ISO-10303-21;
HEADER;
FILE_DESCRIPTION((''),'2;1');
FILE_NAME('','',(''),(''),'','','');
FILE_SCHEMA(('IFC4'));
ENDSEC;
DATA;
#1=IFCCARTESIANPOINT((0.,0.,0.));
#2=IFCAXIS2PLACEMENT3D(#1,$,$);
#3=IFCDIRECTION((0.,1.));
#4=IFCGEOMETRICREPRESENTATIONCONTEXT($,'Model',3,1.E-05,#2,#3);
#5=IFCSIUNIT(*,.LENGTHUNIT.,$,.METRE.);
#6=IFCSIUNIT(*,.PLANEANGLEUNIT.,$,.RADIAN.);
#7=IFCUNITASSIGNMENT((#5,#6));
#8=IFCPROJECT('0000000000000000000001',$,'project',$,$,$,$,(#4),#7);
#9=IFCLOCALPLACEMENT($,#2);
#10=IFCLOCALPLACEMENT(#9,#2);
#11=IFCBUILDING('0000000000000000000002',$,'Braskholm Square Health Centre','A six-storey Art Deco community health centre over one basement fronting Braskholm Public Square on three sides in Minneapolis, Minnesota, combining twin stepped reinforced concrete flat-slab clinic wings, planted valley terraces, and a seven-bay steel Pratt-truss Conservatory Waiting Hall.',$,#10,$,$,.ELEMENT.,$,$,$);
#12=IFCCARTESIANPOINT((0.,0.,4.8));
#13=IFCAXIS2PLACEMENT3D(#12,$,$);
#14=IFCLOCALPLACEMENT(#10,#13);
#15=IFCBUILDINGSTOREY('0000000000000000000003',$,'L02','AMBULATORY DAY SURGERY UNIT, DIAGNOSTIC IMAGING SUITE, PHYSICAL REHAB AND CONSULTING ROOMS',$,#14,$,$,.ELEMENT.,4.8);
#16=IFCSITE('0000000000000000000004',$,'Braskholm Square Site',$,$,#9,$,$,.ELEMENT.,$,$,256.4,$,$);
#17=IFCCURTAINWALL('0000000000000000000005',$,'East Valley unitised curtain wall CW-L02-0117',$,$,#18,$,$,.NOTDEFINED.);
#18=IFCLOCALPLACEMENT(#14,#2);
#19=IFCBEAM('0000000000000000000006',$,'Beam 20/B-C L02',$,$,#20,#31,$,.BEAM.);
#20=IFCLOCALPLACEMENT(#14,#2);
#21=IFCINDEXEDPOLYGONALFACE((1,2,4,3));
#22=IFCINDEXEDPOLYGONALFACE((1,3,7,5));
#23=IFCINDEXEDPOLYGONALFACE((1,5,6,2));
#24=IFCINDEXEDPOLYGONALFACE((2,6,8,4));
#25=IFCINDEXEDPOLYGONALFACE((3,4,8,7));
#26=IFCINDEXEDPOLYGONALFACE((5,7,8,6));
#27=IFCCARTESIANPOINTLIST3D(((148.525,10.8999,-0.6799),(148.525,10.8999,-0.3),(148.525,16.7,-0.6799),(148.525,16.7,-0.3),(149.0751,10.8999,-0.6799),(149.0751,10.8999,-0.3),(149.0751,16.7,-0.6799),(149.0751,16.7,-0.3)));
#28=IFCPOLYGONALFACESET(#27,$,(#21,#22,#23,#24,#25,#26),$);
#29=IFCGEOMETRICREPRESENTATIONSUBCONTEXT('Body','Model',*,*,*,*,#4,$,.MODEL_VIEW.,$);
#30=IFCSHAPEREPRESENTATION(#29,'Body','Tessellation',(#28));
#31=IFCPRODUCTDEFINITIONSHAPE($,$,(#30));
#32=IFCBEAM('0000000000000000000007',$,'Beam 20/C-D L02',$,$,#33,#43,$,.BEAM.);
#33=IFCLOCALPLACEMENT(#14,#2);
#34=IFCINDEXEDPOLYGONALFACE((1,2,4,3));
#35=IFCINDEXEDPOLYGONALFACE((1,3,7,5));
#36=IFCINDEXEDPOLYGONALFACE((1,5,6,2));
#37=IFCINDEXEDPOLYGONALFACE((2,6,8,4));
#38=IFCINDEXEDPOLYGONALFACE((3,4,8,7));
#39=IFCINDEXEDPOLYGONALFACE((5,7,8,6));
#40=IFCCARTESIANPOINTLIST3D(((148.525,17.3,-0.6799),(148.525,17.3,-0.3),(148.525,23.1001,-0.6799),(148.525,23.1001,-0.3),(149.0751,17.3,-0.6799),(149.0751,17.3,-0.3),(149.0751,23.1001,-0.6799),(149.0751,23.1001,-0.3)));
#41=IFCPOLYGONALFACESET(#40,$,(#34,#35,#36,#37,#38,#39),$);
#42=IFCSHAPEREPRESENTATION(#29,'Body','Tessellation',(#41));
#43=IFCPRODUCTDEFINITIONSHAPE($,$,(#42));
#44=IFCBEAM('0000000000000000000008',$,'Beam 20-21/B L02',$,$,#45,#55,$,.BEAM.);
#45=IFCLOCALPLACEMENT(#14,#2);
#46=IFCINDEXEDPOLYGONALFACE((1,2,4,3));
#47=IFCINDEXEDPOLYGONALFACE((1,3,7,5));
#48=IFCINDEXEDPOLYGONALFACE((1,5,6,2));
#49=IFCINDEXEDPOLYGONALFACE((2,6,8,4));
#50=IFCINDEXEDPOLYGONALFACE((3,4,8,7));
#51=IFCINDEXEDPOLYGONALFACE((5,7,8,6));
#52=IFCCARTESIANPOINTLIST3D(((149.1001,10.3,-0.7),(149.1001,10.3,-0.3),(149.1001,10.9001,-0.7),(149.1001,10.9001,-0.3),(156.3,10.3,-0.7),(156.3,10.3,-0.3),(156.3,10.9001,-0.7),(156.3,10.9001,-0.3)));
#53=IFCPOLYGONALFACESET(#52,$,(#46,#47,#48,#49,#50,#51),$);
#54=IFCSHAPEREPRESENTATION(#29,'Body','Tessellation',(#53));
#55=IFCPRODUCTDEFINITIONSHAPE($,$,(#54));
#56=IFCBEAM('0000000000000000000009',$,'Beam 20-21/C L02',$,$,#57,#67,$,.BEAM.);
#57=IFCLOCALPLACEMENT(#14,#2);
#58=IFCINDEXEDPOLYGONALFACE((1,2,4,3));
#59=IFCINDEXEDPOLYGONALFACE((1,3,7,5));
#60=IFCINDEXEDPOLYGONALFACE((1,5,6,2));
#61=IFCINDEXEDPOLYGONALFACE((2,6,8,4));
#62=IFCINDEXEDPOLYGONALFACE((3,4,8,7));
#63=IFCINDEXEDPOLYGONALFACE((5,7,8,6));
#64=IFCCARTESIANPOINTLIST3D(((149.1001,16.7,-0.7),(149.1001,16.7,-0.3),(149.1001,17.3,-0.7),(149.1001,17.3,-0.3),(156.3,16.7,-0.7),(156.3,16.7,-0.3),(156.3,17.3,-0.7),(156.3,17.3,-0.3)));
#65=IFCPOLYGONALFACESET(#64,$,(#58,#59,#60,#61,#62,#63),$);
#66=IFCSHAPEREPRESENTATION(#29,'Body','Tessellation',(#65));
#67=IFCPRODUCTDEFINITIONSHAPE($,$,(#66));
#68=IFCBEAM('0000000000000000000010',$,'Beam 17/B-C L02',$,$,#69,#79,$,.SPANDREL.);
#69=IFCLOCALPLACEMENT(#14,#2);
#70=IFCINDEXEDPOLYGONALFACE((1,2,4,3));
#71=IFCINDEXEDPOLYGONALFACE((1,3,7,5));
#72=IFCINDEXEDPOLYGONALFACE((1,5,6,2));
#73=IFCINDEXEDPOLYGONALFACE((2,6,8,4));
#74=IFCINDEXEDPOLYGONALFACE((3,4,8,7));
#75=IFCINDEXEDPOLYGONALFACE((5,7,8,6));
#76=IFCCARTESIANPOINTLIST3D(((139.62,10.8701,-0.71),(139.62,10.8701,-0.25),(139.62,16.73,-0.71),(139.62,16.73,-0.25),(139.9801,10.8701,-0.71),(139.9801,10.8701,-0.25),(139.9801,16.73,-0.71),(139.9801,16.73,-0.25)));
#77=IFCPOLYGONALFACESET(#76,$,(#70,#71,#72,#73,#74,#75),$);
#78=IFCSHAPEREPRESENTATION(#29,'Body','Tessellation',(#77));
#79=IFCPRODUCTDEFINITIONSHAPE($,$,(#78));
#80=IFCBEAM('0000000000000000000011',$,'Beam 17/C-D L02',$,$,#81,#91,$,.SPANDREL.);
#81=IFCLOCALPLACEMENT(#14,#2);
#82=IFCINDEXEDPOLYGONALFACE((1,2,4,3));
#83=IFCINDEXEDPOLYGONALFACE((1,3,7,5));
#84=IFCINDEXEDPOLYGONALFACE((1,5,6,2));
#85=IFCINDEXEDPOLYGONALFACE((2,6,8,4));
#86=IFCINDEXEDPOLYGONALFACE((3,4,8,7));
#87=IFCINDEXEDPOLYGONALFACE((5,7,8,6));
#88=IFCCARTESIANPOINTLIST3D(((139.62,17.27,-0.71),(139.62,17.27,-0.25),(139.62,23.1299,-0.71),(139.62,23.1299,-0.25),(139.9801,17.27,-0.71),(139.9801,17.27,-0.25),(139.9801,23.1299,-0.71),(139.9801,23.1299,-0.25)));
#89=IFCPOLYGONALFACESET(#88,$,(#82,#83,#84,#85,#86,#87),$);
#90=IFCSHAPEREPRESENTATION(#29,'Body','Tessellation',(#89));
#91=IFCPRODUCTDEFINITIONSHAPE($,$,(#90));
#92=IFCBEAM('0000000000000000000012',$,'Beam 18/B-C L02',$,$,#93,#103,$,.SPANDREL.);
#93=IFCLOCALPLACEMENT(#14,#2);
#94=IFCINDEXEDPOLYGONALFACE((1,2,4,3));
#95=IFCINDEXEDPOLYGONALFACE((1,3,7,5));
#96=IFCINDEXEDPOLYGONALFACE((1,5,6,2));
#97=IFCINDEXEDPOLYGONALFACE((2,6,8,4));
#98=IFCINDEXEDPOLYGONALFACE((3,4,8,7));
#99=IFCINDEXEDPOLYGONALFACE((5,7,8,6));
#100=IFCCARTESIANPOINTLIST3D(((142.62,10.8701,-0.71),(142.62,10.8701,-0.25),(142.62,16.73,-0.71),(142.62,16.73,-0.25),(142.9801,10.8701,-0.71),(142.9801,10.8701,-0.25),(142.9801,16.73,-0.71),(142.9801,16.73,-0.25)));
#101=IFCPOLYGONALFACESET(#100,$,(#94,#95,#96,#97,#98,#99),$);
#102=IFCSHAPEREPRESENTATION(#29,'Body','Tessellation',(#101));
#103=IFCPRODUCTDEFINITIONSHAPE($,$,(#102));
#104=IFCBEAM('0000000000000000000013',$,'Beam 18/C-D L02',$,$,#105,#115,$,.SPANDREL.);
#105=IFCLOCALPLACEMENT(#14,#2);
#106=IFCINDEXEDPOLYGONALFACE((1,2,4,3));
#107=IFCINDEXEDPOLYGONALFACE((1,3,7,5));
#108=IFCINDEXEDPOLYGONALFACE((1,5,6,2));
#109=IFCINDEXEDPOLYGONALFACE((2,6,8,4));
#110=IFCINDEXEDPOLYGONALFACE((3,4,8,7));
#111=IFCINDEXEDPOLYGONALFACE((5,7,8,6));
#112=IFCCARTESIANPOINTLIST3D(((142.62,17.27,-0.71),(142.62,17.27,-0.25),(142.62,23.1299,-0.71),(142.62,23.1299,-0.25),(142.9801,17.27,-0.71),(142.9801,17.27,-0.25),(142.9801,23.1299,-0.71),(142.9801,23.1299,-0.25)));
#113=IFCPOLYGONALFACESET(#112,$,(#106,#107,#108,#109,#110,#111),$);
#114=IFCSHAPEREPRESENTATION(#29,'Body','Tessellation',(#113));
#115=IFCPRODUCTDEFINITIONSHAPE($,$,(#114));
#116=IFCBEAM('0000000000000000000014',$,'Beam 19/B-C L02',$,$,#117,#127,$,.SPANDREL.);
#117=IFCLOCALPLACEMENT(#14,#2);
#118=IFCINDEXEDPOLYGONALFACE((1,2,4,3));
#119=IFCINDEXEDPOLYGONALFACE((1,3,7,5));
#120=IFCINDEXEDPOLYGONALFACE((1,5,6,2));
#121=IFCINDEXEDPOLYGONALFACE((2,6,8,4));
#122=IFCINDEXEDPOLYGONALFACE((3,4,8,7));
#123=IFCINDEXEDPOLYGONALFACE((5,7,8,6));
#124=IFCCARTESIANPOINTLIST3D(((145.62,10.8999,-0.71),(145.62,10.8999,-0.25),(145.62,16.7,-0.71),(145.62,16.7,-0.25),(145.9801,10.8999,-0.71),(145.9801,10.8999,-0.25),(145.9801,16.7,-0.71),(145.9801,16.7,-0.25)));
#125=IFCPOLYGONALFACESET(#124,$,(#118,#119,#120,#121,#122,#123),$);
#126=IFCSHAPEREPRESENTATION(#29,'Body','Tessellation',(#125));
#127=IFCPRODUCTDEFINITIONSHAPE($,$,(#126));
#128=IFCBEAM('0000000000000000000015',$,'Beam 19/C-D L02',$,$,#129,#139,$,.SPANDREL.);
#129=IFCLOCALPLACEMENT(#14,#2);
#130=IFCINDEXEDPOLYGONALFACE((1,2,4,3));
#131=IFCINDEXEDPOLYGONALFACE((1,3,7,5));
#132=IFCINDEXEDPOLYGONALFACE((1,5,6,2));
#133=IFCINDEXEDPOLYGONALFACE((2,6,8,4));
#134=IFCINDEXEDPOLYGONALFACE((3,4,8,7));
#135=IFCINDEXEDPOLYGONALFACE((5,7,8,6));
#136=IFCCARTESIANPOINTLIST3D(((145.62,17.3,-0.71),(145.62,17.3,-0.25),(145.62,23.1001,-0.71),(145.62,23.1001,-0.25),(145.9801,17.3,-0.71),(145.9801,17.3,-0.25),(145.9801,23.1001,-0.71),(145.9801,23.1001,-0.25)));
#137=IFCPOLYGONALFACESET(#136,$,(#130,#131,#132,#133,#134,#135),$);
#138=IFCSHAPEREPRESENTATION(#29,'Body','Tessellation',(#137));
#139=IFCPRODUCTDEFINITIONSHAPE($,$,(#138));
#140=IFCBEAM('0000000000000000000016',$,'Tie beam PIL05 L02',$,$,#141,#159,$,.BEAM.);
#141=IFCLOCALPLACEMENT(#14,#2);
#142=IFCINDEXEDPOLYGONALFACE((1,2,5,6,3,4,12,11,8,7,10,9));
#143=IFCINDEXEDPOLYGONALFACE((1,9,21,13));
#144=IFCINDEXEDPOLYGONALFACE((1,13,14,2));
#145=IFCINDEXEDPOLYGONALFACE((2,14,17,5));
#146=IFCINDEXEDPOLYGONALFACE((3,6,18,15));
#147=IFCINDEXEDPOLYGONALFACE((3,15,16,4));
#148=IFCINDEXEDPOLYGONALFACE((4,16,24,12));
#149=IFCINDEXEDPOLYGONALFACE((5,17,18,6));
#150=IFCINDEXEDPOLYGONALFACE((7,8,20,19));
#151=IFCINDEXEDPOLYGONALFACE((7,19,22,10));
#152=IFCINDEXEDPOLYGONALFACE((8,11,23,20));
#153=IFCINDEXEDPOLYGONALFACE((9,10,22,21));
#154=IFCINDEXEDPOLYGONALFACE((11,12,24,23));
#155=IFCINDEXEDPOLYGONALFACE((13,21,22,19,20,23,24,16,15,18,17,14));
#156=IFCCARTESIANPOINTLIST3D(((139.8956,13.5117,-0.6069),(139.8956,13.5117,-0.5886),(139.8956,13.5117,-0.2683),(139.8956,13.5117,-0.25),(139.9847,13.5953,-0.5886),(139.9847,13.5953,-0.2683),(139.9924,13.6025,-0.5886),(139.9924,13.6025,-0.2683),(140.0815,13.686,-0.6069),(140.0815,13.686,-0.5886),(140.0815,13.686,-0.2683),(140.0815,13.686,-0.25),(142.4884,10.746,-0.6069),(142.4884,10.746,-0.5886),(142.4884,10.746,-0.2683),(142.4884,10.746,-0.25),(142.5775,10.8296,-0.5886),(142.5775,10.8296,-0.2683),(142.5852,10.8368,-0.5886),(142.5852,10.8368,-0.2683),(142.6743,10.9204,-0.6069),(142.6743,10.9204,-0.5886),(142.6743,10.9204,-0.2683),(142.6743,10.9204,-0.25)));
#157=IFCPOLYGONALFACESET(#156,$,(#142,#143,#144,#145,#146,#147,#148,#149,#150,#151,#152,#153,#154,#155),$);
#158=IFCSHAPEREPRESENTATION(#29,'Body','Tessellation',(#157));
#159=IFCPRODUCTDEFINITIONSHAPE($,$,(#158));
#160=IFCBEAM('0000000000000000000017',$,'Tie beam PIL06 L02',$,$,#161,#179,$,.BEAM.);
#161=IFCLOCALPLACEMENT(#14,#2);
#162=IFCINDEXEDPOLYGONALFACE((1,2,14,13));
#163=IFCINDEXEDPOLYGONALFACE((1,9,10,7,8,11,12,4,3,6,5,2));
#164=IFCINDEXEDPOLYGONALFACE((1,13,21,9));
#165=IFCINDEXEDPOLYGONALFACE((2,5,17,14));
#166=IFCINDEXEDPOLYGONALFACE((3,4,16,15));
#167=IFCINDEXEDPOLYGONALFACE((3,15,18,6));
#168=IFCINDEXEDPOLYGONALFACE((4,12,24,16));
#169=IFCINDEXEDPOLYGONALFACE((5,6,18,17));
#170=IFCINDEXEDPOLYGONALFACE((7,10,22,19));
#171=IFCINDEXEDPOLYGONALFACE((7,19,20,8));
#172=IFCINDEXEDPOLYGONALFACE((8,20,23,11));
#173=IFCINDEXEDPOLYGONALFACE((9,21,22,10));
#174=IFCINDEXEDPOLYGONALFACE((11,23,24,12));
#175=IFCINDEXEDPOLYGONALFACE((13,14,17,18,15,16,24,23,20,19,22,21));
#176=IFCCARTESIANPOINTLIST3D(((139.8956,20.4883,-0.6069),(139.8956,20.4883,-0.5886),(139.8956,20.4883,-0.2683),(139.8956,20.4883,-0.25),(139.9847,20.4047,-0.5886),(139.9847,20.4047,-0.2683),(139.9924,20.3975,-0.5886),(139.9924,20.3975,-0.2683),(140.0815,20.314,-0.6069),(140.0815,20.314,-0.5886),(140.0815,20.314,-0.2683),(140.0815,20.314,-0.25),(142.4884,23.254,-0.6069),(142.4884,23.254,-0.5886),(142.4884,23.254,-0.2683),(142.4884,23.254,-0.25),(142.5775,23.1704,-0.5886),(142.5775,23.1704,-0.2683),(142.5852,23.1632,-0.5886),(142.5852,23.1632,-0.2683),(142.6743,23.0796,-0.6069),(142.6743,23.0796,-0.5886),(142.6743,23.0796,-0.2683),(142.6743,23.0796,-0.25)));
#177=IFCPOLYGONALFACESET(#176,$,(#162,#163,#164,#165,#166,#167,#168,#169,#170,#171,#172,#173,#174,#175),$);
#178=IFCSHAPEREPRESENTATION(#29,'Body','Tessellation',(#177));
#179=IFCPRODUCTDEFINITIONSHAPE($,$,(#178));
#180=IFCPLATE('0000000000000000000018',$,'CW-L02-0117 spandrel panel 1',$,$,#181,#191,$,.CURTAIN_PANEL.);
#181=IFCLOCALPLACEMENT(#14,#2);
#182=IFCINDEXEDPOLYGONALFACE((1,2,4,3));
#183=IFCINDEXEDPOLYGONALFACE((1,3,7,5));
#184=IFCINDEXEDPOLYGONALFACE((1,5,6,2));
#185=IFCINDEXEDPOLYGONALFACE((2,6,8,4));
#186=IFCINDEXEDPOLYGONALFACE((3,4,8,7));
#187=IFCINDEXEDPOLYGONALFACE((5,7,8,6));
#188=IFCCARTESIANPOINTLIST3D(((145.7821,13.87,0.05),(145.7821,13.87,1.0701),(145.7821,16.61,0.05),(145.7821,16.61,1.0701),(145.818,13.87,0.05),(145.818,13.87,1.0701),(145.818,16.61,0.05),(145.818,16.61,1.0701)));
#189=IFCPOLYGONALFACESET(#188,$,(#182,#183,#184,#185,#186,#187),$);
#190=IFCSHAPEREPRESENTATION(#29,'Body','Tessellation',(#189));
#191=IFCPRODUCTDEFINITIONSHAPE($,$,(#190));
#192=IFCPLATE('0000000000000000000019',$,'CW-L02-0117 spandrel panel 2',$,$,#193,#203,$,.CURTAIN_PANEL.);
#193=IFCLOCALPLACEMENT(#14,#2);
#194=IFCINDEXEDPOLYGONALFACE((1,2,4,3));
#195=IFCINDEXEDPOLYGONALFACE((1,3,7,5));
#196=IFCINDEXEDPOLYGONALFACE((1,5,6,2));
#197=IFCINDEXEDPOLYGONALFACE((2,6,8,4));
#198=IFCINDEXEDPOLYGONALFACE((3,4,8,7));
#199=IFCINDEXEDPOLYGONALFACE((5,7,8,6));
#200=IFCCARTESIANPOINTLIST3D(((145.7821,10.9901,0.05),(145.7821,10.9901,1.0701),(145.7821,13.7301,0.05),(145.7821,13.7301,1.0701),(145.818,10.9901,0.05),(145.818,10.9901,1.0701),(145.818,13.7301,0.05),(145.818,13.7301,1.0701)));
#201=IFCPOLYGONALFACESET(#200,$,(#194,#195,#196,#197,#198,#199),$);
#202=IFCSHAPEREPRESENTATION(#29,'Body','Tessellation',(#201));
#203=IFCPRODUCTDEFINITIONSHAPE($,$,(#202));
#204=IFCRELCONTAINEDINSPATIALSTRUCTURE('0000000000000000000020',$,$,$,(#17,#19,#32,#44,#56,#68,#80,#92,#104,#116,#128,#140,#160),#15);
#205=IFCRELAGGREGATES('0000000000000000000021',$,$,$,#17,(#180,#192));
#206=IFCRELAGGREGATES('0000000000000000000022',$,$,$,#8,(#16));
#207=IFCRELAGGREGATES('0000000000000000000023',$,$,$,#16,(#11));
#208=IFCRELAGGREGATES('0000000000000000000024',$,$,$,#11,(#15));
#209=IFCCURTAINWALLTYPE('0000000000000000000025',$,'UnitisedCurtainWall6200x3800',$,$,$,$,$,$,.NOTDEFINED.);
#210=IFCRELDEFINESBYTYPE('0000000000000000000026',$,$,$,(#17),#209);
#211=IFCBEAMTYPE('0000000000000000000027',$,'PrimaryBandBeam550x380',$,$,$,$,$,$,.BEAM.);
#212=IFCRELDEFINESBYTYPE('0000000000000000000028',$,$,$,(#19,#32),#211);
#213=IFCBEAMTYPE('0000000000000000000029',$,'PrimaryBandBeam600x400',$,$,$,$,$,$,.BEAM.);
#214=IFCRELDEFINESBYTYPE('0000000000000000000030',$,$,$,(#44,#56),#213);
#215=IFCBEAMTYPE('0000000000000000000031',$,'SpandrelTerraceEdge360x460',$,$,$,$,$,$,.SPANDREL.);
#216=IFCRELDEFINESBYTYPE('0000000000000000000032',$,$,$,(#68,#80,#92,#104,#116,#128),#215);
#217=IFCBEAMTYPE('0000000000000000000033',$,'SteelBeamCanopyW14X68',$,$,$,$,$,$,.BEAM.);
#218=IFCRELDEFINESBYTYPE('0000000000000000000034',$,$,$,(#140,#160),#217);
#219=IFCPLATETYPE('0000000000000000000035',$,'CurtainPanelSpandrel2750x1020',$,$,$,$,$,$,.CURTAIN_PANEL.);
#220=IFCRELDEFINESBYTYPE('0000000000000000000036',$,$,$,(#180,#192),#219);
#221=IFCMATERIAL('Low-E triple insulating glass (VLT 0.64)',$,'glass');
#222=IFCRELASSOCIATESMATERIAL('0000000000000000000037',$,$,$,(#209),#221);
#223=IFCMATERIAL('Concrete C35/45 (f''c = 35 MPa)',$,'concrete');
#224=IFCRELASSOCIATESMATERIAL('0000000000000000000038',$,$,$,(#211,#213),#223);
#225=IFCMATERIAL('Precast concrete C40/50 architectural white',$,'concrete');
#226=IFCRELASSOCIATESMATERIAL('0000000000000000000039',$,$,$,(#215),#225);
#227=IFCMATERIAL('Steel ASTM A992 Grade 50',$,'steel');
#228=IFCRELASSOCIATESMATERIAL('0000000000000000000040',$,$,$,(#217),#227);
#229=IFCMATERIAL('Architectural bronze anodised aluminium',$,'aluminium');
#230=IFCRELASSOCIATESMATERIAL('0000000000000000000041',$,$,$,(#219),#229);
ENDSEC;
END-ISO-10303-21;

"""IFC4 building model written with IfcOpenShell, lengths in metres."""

from ifc_helpers import new_model, si_unit, direction, frame, origin, origin_2d, place, context, subcontext, project, spatial, rectangle, i_section, extrude, material, material_profile, profile_set, type_object, element, aggregate, save


model = new_model("IFC4")

# Units and contexts
model_context = context("Model", 3, precision=1e-05, world=origin(), true_north=direction((0.0, 1.0)))
body_context = subcontext(model_context, "Body", "Model", "MODEL_VIEW")
ifc_project = project(units=[si_unit("LENGTHUNIT", "METRE"), si_unit("PLANEANGLEUNIT", "RADIAN")], contexts=[model_context])

# Site, building, storey
site_placement = place(None, origin())
site = spatial("IfcSite", under=ifc_project, at=site_placement, Name="Braskholm Square Site", CompositionType="ELEMENT", RefElevation=256.4)
building_placement = place(site_placement, origin())
building = spatial("IfcBuilding", under=site, at=building_placement, Name="Braskholm Square Health Centre", Description="A six-storey Art Deco community health centre over one basement fronting Braskholm Public Square on three sides in Minneapolis, Minnesota, combining twin stepped reinforced concrete flat-slab clinic wings, planted valley terraces, and a seven-bay steel Pratt-truss Conservatory Waiting Hall.", CompositionType="ELEMENT")
storey_placement = place(building_placement, frame((0.0, 0.0, 4.8)))
storey = spatial("IfcBuildingStorey", under=building, at=storey_placement, Name="L02", Description="AMBULATORY DAY SURGERY UNIT, DIAGNOSTIC IMAGING SUITE, PHYSICAL REHAB AND CONSULTING ROOMS", CompositionType="ELEMENT", Elevation=4.8)

# Curtain wall
ifc_material_1 = material(Name="Low-E triple insulating glass (VLT 0.64)", Category="glass")
curtain_wall_type = type_object("IfcCurtainWallType", Name="UnitisedCurtainWall6200x3800", PredefinedType="NOTDEFINED", material=ifc_material_1)
curtain_wall_placement = place(storey_placement, origin())
curtain_wall = element("IfcCurtainWall", 1, at=curtain_wall_placement, inside=storey, type_object=curtain_wall_type, Name="East Valley unitised curtain wall CW-L02-0117", PredefinedType="NOTDEFINED")
ifc_material_2 = material(Name="Architectural bronze anodised aluminium", Category="aluminium")

# Beams
ifc_material_3 = material(Name="Concrete C35/45 (f'c = 35 MPa)", Category="concrete")
ifc_material_profile_1 = material_profile(ifc_material_3, rectangle(XDim=0.55, YDim=0.3799, at=origin_2d()), Name="RCB-550X380")
ifc_profile_set_1 = profile_set([ifc_material_profile_1], Name="Concrete C35/45 (f'c = 35 MPa)")
beam_type_1 = type_object("IfcBeamType", Name="PrimaryBandBeam550x380", PredefinedType="BEAM", material=ifc_profile_set_1)
for number, where, z_axis, x_axis, name in (
    (2, (148.8, 10.8999, -0.49), (0.0, 1.0, 0.0), (-1.0, 0.0, 0.0), "Beam 20/B-C L02"),
    (3, (148.8, 17.3, -0.49), (0.0, 1.0, 0.0), (-1.0, 0.0, 0.0), "Beam 20/C-D L02"),
):
    element("IfcBeam", number, at=place(storey_placement, frame(where, z_axis=z_axis, x_axis=x_axis)), inside=storey, type_object=beam_type_1, Name=name, PredefinedType="BEAM", context=body_context, shape_type="SweptSolid", body=[
        extrude(rectangle(XDim=0.55, YDim=0.3799, at=origin_2d()), origin(), (0.0, 0.0, 1.0), 5.8),
    ])
ifc_material_profile_2 = material_profile(ifc_material_3, rectangle(XDim=0.6001, YDim=0.3999, at=origin_2d()), Name="RCB-600X400")
ifc_profile_set_2 = profile_set([ifc_material_profile_2], Name="Concrete C35/45 (f'c = 35 MPa)")
beam_type_2 = type_object("IfcBeamType", Name="PrimaryBandBeam600x400", PredefinedType="BEAM", material=ifc_profile_set_2)
for number, where, z_axis, x_axis, name in (
    (4, (149.1001, 10.6001, -0.5), (1.0, 0.0, 0.0), (0.0, 1.0, 0.0), "Beam 20-21/B L02"),
    (5, (149.1001, 17.0, -0.5), (1.0, 0.0, 0.0), (0.0, 1.0, 0.0), "Beam 20-21/C L02"),
):
    element("IfcBeam", number, at=place(storey_placement, frame(where, z_axis=z_axis, x_axis=x_axis)), inside=storey, type_object=beam_type_2, Name=name, PredefinedType="BEAM", context=body_context, shape_type="SweptSolid", body=[
        extrude(rectangle(XDim=0.6001, YDim=0.3999, at=origin_2d()), origin(), (0.0, 0.0, 1.0), 7.2),
    ])
ifc_material_4 = material(Name="Precast concrete C40/50 architectural white", Category="concrete")
ifc_material_profile_3 = material_profile(ifc_material_4, rectangle(XDim=0.3601, YDim=0.46, at=origin_2d()), Name="RCB-360X460")
ifc_profile_set_3 = profile_set([ifc_material_profile_3], Name="Precast concrete C40/50 architectural white")
beam_type_3 = type_object("IfcBeamType", Name="SpandrelTerraceEdge360x460", PredefinedType="SPANDREL", material=ifc_profile_set_3)
for number, where, z_axis, x_axis, name in (
    (6, (139.8, 10.8701, -0.48), (0.0, 1.0, 0.0), (-1.0, 0.0, 0.0), "Beam 17/B-C L02"),
    (7, (139.8, 17.27, -0.48), (0.0, 1.0, 0.0), (-1.0, 0.0, 0.0), "Beam 17/C-D L02"),
    (8, (142.8, 10.8701, -0.48), (0.0, 1.0, 0.0), (-1.0, 0.0, 0.0), "Beam 18/B-C L02"),
    (9, (142.8, 17.27, -0.48), (0.0, 1.0, 0.0), (-1.0, 0.0, 0.0), "Beam 18/C-D L02"),
):
    element("IfcBeam", number, at=place(storey_placement, frame(where, z_axis=z_axis, x_axis=x_axis)), inside=storey, type_object=beam_type_3, Name=name, PredefinedType="SPANDREL", context=body_context, shape_type="SweptSolid", body=[
        extrude(rectangle(XDim=0.3601, YDim=0.46, at=origin_2d()), origin(), (0.0, 0.0, 1.0), 5.8599),
    ])
for number, where, z_axis, x_axis, name in (
    (10, (145.8, 10.8999, -0.48), (0.0, 1.0, 0.0), (-1.0, 0.0, 0.0), "Beam 19/B-C L02"),
    (11, (145.8, 17.3, -0.48), (0.0, 1.0, 0.0), (-1.0, 0.0, 0.0), "Beam 19/C-D L02"),
):
    element("IfcBeam", number, at=place(storey_placement, frame(where, z_axis=z_axis, x_axis=x_axis)), inside=storey, type_object=beam_type_3, Name=name, PredefinedType="SPANDREL", context=body_context, shape_type="SweptSolid", body=[
        extrude(rectangle(XDim=0.3601, YDim=0.46, at=origin_2d()), origin(), (0.0, 0.0, 1.0), 5.8),
    ])
ifc_material_5 = material(Name="Steel ASTM A992 Grade 50", Category="steel")
ifc_material_profile_4 = material_profile(ifc_material_5, i_section(OverallWidth=0.2549, OverallDepth=0.3569, WebThickness=0.0105, FlangeThickness=0.0183, at=origin_2d()), Name="W14X68")
ifc_profile_set_4 = profile_set([ifc_material_profile_4], Name="Steel ASTM A992 Grade 50")
beam_type_4 = type_object("IfcBeamType", Name="SteelBeamCanopyW14X68", PredefinedType="BEAM", material=ifc_profile_set_4)
for number, where, z_axis, x_axis, name in (
    (12, (139.9885, 13.5989, -0.4285), (0.683941, -0.729537, 0.0), (0.729537, 0.683941, 0.0), "Tie beam PIL05 L02"),
    (13, (139.9885, 20.4011, -0.4285), (0.683941, 0.729537, 0.0), (-0.729537, 0.683941, 0.0), "Tie beam PIL06 L02"),
):
    element("IfcBeam", number, at=place(storey_placement, frame(where, z_axis=z_axis, x_axis=x_axis)), inside=storey, type_object=beam_type_4, Name=name, PredefinedType="BEAM", context=body_context, shape_type="SweptSolid", body=[
        extrude(i_section(OverallWidth=0.2549, OverallDepth=0.3569, WebThickness=0.0105, FlangeThickness=0.0183, at=origin_2d()), origin(), (0.0, 0.0, 1.0), 3.791),
    ])

# Plates
plate_type_1 = type_object("IfcPlateType", Name="CurtainPanelSpandrel2750x1020", PredefinedType="CURTAIN_PANEL", material=ifc_material_2)
plate_1_placement = place(storey_placement, frame((145.8, 15.24, 0.05), z_axis=(0.0, 0.0, 1.0), x_axis=(0.0, -1.0, 0.0)))
plate_1 = element("IfcPlate", 14, at=plate_1_placement, type_object=plate_type_1, Name="CW-L02-0117 spandrel panel 1", PredefinedType="CURTAIN_PANEL", context=body_context, shape_type="SweptSolid", body=[
    extrude(rectangle(XDim=2.74, YDim=0.0359, at=origin_2d()), origin(), (0.0, 0.0, 1.0), 1.02),
])
plate_2_placement = place(storey_placement, frame((145.8, 12.3601, 0.05), z_axis=(0.0, 0.0, 1.0), x_axis=(0.0, -1.0, 0.0)))
plate_2 = element("IfcPlate", 15, at=plate_2_placement, type_object=plate_type_1, Name="CW-L02-0117 spandrel panel 2", PredefinedType="CURTAIN_PANEL", context=body_context, shape_type="SweptSolid", body=[
    extrude(rectangle(XDim=2.74, YDim=0.0359, at=origin_2d()), origin(), (0.0, 0.0, 1.0), 1.02),
])
aggregate(curtain_wall, [plate_1, plate_2])

save(model, "model.ifc")
